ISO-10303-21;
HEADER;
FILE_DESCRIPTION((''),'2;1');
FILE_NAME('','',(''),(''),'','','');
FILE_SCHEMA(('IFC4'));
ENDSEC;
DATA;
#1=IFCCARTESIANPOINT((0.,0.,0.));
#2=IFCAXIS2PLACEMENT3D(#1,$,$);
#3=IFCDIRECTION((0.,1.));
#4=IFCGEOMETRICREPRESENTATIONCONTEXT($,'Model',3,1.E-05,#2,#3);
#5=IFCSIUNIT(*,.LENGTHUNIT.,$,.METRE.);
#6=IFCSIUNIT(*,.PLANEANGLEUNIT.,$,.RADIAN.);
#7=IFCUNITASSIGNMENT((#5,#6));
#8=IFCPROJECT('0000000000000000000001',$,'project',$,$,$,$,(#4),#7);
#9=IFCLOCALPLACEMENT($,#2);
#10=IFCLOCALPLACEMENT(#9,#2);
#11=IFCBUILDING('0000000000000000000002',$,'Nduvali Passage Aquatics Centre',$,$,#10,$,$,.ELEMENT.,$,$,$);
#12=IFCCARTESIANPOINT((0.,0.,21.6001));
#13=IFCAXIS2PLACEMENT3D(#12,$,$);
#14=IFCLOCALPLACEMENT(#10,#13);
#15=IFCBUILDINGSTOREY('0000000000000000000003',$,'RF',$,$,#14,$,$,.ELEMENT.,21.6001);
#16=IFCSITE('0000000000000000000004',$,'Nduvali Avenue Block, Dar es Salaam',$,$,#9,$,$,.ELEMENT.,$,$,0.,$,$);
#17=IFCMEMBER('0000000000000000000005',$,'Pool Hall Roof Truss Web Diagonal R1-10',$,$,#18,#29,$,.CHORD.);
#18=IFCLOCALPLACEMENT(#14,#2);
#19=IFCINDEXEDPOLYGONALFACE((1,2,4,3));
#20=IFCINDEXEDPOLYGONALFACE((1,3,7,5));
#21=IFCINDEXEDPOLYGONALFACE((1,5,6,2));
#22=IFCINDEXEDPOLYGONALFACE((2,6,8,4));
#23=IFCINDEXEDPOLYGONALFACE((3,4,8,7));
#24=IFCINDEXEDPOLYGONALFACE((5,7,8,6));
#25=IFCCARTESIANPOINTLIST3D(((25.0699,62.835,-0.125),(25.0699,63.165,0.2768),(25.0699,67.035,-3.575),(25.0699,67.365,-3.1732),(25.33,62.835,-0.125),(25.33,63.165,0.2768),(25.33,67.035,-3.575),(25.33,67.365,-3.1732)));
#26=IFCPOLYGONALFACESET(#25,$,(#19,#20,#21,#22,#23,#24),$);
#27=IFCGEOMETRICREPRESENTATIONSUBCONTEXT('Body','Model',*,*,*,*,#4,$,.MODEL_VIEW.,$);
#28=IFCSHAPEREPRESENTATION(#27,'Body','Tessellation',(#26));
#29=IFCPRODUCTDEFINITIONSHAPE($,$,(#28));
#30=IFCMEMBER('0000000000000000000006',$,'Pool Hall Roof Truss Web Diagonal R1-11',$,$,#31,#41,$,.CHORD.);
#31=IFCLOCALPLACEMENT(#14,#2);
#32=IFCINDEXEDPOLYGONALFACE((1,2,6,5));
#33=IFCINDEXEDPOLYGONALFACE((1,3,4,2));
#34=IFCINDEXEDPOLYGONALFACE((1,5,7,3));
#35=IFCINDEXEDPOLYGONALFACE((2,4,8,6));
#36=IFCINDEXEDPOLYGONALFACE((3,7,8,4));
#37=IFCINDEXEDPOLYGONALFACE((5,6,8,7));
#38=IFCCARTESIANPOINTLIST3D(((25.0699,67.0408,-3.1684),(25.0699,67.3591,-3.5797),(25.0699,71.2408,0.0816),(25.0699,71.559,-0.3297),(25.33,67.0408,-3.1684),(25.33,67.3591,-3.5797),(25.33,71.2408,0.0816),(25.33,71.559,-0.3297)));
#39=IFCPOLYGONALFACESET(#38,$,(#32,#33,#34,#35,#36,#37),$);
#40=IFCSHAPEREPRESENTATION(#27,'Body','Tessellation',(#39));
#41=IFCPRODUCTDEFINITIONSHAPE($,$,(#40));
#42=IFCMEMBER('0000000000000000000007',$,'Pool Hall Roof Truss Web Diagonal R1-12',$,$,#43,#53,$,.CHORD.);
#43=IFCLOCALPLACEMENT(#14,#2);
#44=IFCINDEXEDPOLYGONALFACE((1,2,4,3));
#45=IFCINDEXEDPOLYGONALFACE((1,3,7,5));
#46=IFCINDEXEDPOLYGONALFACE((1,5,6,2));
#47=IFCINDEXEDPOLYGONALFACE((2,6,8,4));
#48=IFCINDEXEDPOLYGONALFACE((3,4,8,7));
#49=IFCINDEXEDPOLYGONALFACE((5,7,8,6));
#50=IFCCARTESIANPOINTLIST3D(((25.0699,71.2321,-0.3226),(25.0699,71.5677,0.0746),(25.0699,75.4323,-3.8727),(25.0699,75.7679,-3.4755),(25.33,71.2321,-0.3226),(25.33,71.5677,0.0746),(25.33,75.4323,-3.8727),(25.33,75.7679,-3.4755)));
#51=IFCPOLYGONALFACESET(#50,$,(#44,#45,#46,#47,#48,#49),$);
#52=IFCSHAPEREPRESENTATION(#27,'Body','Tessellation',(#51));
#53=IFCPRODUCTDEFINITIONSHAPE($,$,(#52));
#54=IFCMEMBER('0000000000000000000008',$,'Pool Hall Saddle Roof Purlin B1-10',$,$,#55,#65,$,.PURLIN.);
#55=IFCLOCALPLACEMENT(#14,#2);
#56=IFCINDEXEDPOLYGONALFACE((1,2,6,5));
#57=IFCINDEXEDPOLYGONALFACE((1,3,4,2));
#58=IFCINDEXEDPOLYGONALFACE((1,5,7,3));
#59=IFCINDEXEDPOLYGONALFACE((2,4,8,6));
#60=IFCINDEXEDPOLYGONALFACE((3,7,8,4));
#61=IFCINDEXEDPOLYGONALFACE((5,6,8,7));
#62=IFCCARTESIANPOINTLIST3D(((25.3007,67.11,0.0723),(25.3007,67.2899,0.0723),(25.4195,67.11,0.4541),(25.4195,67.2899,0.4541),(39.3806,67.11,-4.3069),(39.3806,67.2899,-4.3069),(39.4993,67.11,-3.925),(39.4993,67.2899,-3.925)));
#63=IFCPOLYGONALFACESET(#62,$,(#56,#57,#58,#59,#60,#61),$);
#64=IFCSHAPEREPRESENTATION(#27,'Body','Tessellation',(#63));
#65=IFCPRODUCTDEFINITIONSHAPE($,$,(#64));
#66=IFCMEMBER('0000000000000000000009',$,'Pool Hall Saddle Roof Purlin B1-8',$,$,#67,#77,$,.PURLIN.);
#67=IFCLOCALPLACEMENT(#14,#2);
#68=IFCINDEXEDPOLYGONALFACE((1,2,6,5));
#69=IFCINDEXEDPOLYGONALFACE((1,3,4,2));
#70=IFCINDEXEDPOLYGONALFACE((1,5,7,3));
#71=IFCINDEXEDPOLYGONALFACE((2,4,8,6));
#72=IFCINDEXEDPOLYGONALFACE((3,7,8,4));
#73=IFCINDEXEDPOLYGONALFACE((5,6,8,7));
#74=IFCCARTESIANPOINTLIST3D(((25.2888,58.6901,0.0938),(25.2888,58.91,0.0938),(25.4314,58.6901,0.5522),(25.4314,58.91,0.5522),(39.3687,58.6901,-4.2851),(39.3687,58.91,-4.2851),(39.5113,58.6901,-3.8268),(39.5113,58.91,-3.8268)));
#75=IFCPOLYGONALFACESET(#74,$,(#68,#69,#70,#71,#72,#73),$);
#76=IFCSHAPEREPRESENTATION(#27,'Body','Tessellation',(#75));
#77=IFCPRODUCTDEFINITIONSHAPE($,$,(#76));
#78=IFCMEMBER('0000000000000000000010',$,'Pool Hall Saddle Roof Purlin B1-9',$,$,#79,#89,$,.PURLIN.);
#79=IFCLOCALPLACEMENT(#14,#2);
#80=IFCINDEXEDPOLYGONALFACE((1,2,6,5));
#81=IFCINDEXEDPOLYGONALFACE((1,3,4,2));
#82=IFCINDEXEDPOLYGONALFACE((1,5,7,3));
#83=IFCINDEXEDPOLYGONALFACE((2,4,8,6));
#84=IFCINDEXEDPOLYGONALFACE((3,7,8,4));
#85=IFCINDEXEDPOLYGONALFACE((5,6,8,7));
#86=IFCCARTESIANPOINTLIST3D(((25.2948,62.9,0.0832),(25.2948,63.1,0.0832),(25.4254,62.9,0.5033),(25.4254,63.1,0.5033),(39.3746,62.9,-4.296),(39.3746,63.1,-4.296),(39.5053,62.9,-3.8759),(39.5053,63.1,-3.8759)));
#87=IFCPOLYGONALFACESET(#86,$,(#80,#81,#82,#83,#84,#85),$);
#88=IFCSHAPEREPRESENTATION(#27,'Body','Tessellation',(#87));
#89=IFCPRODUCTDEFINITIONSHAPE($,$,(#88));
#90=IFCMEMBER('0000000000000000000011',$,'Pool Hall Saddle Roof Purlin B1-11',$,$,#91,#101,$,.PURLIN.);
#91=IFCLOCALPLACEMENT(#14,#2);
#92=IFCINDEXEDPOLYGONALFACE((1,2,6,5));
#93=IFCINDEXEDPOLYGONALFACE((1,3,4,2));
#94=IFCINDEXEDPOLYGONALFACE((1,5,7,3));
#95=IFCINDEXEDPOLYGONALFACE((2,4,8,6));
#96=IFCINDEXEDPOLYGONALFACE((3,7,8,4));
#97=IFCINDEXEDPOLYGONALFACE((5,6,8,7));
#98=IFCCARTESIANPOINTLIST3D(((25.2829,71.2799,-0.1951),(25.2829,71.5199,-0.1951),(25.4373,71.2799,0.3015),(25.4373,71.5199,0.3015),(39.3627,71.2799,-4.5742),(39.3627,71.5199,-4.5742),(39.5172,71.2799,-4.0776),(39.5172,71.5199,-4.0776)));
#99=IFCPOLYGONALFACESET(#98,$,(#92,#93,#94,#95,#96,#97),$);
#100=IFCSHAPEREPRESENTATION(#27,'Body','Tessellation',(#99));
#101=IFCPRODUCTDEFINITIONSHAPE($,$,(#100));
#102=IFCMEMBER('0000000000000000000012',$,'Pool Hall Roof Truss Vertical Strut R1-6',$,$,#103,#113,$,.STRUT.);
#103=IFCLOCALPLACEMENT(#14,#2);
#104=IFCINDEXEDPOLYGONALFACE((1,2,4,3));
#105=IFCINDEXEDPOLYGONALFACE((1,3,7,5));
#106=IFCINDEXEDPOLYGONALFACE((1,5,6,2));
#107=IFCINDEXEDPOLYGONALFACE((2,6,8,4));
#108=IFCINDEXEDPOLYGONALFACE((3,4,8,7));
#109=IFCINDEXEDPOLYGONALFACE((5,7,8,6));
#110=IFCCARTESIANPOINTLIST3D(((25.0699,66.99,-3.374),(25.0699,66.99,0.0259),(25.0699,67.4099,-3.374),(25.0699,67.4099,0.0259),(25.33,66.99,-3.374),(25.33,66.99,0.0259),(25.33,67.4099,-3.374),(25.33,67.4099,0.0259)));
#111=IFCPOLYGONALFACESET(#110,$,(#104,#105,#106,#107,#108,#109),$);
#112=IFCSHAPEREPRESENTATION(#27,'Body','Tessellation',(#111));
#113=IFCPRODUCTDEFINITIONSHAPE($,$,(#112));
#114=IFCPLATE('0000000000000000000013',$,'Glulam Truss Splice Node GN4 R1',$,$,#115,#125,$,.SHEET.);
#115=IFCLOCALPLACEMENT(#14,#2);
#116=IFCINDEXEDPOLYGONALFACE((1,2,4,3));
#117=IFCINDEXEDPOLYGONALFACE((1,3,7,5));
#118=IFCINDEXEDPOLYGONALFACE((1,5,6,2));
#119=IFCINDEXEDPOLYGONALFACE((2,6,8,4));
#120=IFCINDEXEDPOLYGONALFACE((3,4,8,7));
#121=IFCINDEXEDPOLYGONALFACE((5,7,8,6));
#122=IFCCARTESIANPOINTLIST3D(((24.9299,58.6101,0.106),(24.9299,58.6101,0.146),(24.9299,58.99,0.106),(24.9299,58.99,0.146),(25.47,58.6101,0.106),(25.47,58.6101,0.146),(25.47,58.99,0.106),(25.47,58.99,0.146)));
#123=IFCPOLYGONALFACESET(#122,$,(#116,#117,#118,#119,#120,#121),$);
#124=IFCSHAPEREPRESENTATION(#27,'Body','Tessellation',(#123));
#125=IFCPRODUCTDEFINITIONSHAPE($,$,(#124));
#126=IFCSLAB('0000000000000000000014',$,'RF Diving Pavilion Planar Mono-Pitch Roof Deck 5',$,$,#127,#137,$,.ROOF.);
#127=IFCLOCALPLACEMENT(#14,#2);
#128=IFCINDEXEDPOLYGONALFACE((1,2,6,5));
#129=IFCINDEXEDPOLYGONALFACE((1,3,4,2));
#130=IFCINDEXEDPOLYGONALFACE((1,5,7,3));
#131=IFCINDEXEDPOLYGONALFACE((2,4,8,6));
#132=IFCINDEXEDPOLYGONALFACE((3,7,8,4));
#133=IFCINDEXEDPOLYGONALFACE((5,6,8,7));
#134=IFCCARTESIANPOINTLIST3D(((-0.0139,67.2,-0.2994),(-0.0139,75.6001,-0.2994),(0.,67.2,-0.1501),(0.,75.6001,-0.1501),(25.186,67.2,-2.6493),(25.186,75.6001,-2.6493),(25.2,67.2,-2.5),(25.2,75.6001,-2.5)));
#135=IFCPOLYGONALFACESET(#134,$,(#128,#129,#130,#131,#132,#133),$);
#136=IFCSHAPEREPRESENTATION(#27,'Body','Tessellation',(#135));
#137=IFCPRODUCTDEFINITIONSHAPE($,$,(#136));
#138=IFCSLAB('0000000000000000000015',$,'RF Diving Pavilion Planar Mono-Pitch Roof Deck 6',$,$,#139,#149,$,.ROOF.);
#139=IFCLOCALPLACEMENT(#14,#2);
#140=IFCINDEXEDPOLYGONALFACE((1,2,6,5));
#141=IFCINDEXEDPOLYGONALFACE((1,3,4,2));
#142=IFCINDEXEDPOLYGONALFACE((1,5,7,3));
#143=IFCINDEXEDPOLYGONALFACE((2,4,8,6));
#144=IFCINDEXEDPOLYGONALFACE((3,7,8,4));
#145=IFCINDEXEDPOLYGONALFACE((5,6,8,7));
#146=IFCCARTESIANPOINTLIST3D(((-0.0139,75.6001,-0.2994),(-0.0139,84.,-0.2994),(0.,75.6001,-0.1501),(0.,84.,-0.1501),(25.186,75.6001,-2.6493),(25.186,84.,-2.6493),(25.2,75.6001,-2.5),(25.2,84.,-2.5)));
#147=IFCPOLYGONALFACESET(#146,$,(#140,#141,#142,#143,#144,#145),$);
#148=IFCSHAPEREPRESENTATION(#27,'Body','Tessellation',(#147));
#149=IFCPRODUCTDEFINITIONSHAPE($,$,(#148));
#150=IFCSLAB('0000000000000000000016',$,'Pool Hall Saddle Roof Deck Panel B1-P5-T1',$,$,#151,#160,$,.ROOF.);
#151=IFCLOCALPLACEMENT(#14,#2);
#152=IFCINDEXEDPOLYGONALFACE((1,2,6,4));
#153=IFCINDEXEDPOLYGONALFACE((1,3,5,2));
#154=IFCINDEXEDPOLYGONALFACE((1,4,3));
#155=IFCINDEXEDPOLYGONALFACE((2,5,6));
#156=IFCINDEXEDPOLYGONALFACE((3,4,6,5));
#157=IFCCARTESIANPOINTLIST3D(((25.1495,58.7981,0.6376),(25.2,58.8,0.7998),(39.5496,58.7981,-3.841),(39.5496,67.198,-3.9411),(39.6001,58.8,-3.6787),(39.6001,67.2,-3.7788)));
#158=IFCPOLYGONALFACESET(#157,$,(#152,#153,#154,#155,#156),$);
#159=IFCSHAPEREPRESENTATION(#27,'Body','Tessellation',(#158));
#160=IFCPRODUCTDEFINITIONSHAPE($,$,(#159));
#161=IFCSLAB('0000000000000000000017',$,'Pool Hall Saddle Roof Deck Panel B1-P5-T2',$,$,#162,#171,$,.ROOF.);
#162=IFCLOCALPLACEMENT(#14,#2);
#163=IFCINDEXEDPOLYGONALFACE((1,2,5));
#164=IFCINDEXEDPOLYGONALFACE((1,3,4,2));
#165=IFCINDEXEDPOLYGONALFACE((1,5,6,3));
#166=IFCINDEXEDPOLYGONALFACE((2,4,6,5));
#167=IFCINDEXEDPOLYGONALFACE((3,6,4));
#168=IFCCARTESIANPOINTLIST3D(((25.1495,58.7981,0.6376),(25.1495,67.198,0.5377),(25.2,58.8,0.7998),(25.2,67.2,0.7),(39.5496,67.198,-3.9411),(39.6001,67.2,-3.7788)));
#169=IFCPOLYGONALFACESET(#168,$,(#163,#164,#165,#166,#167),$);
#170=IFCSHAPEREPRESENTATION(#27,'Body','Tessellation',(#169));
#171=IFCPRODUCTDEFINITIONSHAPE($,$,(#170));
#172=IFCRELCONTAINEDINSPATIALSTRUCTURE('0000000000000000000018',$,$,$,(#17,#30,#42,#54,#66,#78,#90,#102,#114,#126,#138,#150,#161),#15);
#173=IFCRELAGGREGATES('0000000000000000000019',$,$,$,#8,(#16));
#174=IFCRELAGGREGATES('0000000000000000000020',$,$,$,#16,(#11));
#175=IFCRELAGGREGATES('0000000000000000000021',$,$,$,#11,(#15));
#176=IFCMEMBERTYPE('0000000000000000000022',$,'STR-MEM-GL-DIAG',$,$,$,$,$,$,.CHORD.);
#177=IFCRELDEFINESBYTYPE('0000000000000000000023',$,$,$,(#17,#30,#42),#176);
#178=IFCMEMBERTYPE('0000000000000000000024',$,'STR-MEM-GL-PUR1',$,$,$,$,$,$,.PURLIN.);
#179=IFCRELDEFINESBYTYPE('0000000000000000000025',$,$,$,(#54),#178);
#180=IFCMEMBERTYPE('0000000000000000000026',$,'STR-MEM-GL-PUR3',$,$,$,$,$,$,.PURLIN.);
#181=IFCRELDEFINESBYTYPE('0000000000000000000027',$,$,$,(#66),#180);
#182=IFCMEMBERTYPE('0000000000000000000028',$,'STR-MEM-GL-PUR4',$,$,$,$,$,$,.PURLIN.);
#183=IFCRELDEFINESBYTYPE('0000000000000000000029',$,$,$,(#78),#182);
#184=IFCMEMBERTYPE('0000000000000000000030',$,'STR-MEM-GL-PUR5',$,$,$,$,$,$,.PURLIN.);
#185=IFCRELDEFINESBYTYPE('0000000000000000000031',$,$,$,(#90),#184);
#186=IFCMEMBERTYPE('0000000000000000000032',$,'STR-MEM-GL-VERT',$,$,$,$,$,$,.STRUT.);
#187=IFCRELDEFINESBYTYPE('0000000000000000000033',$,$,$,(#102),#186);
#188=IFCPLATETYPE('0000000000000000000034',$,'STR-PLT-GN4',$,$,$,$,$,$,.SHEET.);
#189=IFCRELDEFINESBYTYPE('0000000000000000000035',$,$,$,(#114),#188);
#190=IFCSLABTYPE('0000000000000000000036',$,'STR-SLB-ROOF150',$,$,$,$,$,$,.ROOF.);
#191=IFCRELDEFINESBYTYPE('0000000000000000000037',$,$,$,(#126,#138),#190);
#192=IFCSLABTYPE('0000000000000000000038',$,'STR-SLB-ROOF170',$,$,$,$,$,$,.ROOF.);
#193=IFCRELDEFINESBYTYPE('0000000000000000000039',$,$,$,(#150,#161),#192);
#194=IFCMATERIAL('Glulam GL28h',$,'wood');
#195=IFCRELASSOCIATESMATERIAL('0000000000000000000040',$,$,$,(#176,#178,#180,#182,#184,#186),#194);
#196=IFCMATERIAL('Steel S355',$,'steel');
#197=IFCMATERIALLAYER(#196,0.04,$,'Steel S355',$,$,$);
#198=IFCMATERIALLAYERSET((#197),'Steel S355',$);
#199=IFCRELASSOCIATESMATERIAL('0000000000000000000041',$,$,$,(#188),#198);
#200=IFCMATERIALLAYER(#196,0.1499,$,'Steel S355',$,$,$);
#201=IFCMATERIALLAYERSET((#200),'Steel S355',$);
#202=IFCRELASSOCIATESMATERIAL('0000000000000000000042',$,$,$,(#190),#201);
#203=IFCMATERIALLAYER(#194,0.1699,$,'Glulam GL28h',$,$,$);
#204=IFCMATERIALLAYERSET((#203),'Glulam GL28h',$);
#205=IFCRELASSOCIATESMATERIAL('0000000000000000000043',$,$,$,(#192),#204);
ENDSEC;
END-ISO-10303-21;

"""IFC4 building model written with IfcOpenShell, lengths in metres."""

from ifc_helpers import new_model, si_unit, direction, frame, origin, origin_2d, place, context, subcontext, project, spatial, polyline, rectangle, outline, extrude, material, layer, layer_set, material_profile, profile_set, type_object, element, save


model = new_model("IFC4")

# Units and contexts
model_context = context("Model", 3, precision=1e-05, world=origin(), true_north=direction((0.0, 1.0)))
body_context = subcontext(model_context, "Body", "Model", "MODEL_VIEW")
ifc_project = project(units=[si_unit("LENGTHUNIT", "METRE"), si_unit("PLANEANGLEUNIT", "RADIAN")], contexts=[model_context])

# Site, building, storey
site_placement = place(None, origin())
site = spatial("IfcSite", under=ifc_project, at=site_placement, Name="Nduvali Avenue Block, Dar es Salaam", CompositionType="ELEMENT", RefElevation=0.0)
building_placement = place(site_placement, origin())
building = spatial("IfcBuilding", under=site, at=building_placement, Name="Nduvali Passage Aquatics Centre", CompositionType="ELEMENT")
storey_placement = place(building_placement, frame((0.0, 0.0, 21.6001)))
storey = spatial("IfcBuildingStorey", under=building, at=storey_placement, Name="RF", CompositionType="ELEMENT", Elevation=21.6001)

# Shared definitions
ifc_material_1 = material(Name="Steel S355", Category="steel")

# Members
ifc_material_2 = material(Name="Glulam GL28h", Category="wood")
ifc_material_profile_1 = material_profile(ifc_material_2, rectangle(XDim=0.26, YDim=0.52, at=origin_2d()), Name="GL28h 260x520")
ifc_profile_set_1 = profile_set([ifc_material_profile_1], Name="Glulam GL28h")
member_type_1 = type_object("IfcMemberType", Name="STR-MEM-GL-DIAG", PredefinedType="CHORD", material=ifc_profile_set_1)
member_1_placement = place(storey_placement, frame((25.2, 63.0, 0.0759), z_axis=(0.0, 0.772727, -0.634738), x_axis=(-1.0, 0.0, 0.0)))
element("IfcMember", 1, at=member_1_placement, inside=storey, type_object=member_type_1, Name="Pool Hall Roof Truss Web Diagonal R1-10", PredefinedType="CHORD", context=body_context, shape_type="SweptSolid", body=[
    extrude(rectangle(XDim=0.26, YDim=0.52, at=origin_2d()), origin(), (0.0, 0.0, 1.0), 5.4353),
])
member_2_placement = place(storey_placement, frame((25.2, 67.2, -3.374), z_axis=(0.0, 0.790867, 0.611988), x_axis=(-1.0, 0.0, 0.0)))
element("IfcMember", 2, at=member_2_placement, inside=storey, type_object=member_type_1, Name="Pool Hall Roof Truss Web Diagonal R1-11", PredefinedType="CHORD", context=body_context, shape_type="SweptSolid", body=[
    extrude(rectangle(XDim=0.26, YDim=0.52, at=origin_2d()), origin(), (0.0, 0.0, 1.0), 5.3105),
])
member_3_placement = place(storey_placement, frame((25.2, 71.3999, -0.124), z_axis=(0.0, 0.763741, -0.645522), x_axis=(-1.0, 0.0, 0.0)))
element("IfcMember", 3, at=member_3_placement, inside=storey, type_object=member_type_1, Name="Pool Hall Roof Truss Web Diagonal R1-12", PredefinedType="CHORD", context=body_context, shape_type="SweptSolid", body=[
    extrude(rectangle(XDim=0.26, YDim=0.52, at=origin_2d()), origin(), (0.0, 0.0, 1.0), 5.4995),
])
ifc_material_profile_2 = material_profile(ifc_material_2, rectangle(XDim=0.1799, YDim=0.3999, at=origin_2d()), Name="GL28h 180x400")
ifc_profile_set_2 = profile_set([ifc_material_profile_2], Name="Glulam GL28h")
member_type_2 = type_object("IfcMemberType", Name="STR-MEM-GL-PUR1", PredefinedType="PURLIN", material=ifc_profile_set_2)
member_4_placement = place(storey_placement, frame((25.3601, 67.2, 0.2632), z_axis=(0.954881, 0.0, -0.29699), x_axis=(0.0, 1.0, 0.0)))
element("IfcMember", 4, at=member_4_placement, inside=storey, type_object=member_type_2, Name="Pool Hall Saddle Roof Purlin B1-10", PredefinedType="PURLIN", context=body_context, shape_type="SweptSolid", body=[
    extrude(rectangle(XDim=0.1799, YDim=0.3999, at=origin_2d()), origin(), (0.0, 0.0, 1.0), 14.7451),
])
ifc_material_profile_3 = material_profile(ifc_material_2, rectangle(XDim=0.22, YDim=0.48, at=origin_2d()), Name="GL28h 220x480")
ifc_profile_set_3 = profile_set([ifc_material_profile_3], Name="Glulam GL28h")
member_type_3 = type_object("IfcMemberType", Name="STR-MEM-GL-PUR3", PredefinedType="PURLIN", material=ifc_profile_set_3)
member_5_placement = place(storey_placement, frame((25.3601, 58.8, 0.323), z_axis=(0.954885, 0.0, -0.296975), x_axis=(0.0, 1.0, 0.0)))
element("IfcMember", 5, at=member_5_placement, inside=storey, type_object=member_type_3, Name="Pool Hall Saddle Roof Purlin B1-8", PredefinedType="PURLIN", context=body_context, shape_type="SweptSolid", body=[
    extrude(rectangle(XDim=0.22, YDim=0.48, at=origin_2d()), origin(), (0.0, 0.0, 1.0), 14.7451),
])
ifc_material_profile_4 = material_profile(ifc_material_2, rectangle(XDim=0.2, YDim=0.4399, at=origin_2d()), Name="GL28h 200x440")
ifc_profile_set_4 = profile_set([ifc_material_profile_4], Name="Glulam GL28h")
member_type_4 = type_object("IfcMemberType", Name="STR-MEM-GL-PUR4", PredefinedType="PURLIN", material=ifc_profile_set_4)
member_6_placement = place(storey_placement, frame((25.3601, 63.0, 0.2932), z_axis=(0.954881, 0.0, -0.29699), x_axis=(0.0, 1.0, 0.0)))
element("IfcMember", 6, at=member_6_placement, inside=storey, type_object=member_type_4, Name="Pool Hall Saddle Roof Purlin B1-9", PredefinedType="PURLIN", context=body_context, shape_type="SweptSolid", body=[
    extrude(rectangle(XDim=0.2, YDim=0.4399, at=origin_2d()), origin(), (0.0, 0.0, 1.0), 14.7451),
])
ifc_material_profile_5 = material_profile(ifc_material_2, rectangle(XDim=0.24, YDim=0.52, at=origin_2d()), Name="GL28h 240x520")
ifc_profile_set_5 = profile_set([ifc_material_profile_5], Name="Glulam GL28h")
member_type_5 = type_object("IfcMemberType", Name="STR-MEM-GL-PUR5", PredefinedType="PURLIN", material=ifc_profile_set_5)
member_7_placement = place(storey_placement, frame((25.3601, 71.3999, 0.0532), z_axis=(0.954881, 0.0, -0.29699), x_axis=(0.0, 1.0, 0.0)))
element("IfcMember", 7, at=member_7_placement, inside=storey, type_object=member_type_5, Name="Pool Hall Saddle Roof Purlin B1-11", PredefinedType="PURLIN", context=body_context, shape_type="SweptSolid", body=[
    extrude(rectangle(XDim=0.24, YDim=0.52, at=origin_2d()), origin(), (0.0, 0.0, 1.0), 14.7451),
])
ifc_material_profile_6 = material_profile(ifc_material_2, rectangle(XDim=0.26, YDim=0.4199, at=origin_2d()), Name="GL28h 260x420")
ifc_profile_set_6 = profile_set([ifc_material_profile_6], Name="Glulam GL28h")
member_type_6 = type_object("IfcMemberType", Name="STR-MEM-GL-VERT", PredefinedType="STRUT", material=ifc_profile_set_6)
member_8_placement = place(storey_placement, frame((25.2, 67.2, -3.374), z_axis=(0.0, 0.0, 1.0), x_axis=(1.0, 0.0, 0.0)))
element("IfcMember", 8, at=member_8_placement, inside=storey, type_object=member_type_6, Name="Pool Hall Roof Truss Vertical Strut R1-6", PredefinedType="STRUT", context=body_context, shape_type="SweptSolid", body=[
    extrude(rectangle(XDim=0.26, YDim=0.4199, at=origin_2d()), origin(), (0.0, 0.0, 1.0), 3.3999),
])

# Plate
ifc_layer_1 = layer(ifc_material_1, 0.04, Name="Steel S355")
ifc_layer_set_1 = layer_set([ifc_layer_1], Name="Steel S355")
plate_type = type_object("IfcPlateType", Name="STR-PLT-GN4", PredefinedType="SHEET", material=ifc_layer_set_1)
plate_placement = place(storey_placement, frame((25.2, 58.8, 0.106), z_axis=(0.0, 0.0, 1.0), x_axis=(1.0, 0.0, 0.0)))
element("IfcPlate", 9, at=plate_placement, inside=storey, type_object=plate_type, Name="Glulam Truss Splice Node GN4 R1", PredefinedType="SHEET", context=body_context, shape_type="SweptSolid", body=[
    extrude(rectangle(XDim=0.54, YDim=0.3799, at=origin_2d()), origin(), (0.0, 0.0, 1.0), 0.04),
])

# Slabs
ifc_layer_2 = layer(ifc_material_1, 0.1499, Name="Steel S355")
ifc_layer_set_2 = layer_set([ifc_layer_2], Name="Steel S355")
slab_type_1 = type_object("IfcSlabType", Name="STR-SLB-ROOF150", PredefinedType="ROOF", material=ifc_layer_set_2)
slab_1_placement = place(storey_placement, frame((0.0, 67.2, -0.1501), z_axis=(0.092846, 0.0, 0.995681), x_axis=(0.995681, 0.0, -0.092846)))
element("IfcSlab", 10, at=slab_1_placement, inside=storey, type_object=slab_type_1, Name="RF Diving Pavilion Planar Mono-Pitch Roof Deck 5", PredefinedType="ROOF", context=body_context, shape_type="SweptSolid", body=[
    extrude(outline(polyline([(0.0, 0.0), (25.3093, 0.0), (25.3093, 8.4001), (0.0, 8.4001), (0.0, 0.0)])), origin(), (0.0, 0.0, -1.0), 0.1499),
])
slab_2_placement = place(storey_placement, frame((0.0, 75.6001, -0.1501), z_axis=(0.092846, 0.0, 0.995681), x_axis=(0.995681, 0.0, -0.092846)))
element("IfcSlab", 11, at=slab_2_placement, inside=storey, type_object=slab_type_1, Name="RF Diving Pavilion Planar Mono-Pitch Roof Deck 6", PredefinedType="ROOF", context=body_context, shape_type="SweptSolid", body=[
    extrude(outline(polyline([(0.0, 0.0), (25.3093, 0.0), (25.3093, 8.3999), (0.0, 8.3999), (0.0, 0.0)])), origin(), (0.0, 0.0, -1.0), 0.1499),
])
ifc_layer_3 = layer(ifc_material_2, 0.1699, Name="Glulam GL28h")
ifc_layer_set_3 = layer_set([ifc_layer_3], Name="Glulam GL28h")
slab_type_2 = type_object("IfcSlabType", Name="STR-SLB-ROOF170", PredefinedType="ROOF", material=ifc_layer_set_3)
slab_3_placement = place(storey_placement, frame((25.2, 58.8, 0.7998), z_axis=(0.296955, 0.011378, 0.954824), x_axis=(0.954886, 0.0, -0.296974)))
element("IfcSlab", 12, at=slab_3_placement, inside=storey, type_object=slab_type_2, Name="Pool Hall Saddle Roof Deck Panel B1-P5-T1", PredefinedType="ROOF", context=body_context, shape_type="SweptSolid", body=[
    extrude(outline(polyline([(0.0, 0.0), (15.0805, 0.0), (15.1102, 8.4004), (0.0, 0.0)])), origin(), (0.0, 0.0, -1.0), 0.1699),
])
slab_4_placement = place(storey_placement, frame((25.2, 58.8, 0.7998), z_axis=(0.29697, 0.01135, 0.954819), x_axis=(0.83294, 0.485871, -0.264838)))
element("IfcSlab", 13, at=slab_4_placement, inside=storey, type_object=slab_type_2, Name="Pool Hall Saddle Roof Deck Panel B1-P5-T2", PredefinedType="ROOF", context=body_context, shape_type="SweptSolid", body=[
    extrude(outline(polyline([(0.0, 0.0), (17.2883, 0.0), (4.1077, 7.3277), (0.0, 0.0)])), origin(), (0.0, 0.0, -1.0), 0.1699),
])

save(model, "model.ifc")
